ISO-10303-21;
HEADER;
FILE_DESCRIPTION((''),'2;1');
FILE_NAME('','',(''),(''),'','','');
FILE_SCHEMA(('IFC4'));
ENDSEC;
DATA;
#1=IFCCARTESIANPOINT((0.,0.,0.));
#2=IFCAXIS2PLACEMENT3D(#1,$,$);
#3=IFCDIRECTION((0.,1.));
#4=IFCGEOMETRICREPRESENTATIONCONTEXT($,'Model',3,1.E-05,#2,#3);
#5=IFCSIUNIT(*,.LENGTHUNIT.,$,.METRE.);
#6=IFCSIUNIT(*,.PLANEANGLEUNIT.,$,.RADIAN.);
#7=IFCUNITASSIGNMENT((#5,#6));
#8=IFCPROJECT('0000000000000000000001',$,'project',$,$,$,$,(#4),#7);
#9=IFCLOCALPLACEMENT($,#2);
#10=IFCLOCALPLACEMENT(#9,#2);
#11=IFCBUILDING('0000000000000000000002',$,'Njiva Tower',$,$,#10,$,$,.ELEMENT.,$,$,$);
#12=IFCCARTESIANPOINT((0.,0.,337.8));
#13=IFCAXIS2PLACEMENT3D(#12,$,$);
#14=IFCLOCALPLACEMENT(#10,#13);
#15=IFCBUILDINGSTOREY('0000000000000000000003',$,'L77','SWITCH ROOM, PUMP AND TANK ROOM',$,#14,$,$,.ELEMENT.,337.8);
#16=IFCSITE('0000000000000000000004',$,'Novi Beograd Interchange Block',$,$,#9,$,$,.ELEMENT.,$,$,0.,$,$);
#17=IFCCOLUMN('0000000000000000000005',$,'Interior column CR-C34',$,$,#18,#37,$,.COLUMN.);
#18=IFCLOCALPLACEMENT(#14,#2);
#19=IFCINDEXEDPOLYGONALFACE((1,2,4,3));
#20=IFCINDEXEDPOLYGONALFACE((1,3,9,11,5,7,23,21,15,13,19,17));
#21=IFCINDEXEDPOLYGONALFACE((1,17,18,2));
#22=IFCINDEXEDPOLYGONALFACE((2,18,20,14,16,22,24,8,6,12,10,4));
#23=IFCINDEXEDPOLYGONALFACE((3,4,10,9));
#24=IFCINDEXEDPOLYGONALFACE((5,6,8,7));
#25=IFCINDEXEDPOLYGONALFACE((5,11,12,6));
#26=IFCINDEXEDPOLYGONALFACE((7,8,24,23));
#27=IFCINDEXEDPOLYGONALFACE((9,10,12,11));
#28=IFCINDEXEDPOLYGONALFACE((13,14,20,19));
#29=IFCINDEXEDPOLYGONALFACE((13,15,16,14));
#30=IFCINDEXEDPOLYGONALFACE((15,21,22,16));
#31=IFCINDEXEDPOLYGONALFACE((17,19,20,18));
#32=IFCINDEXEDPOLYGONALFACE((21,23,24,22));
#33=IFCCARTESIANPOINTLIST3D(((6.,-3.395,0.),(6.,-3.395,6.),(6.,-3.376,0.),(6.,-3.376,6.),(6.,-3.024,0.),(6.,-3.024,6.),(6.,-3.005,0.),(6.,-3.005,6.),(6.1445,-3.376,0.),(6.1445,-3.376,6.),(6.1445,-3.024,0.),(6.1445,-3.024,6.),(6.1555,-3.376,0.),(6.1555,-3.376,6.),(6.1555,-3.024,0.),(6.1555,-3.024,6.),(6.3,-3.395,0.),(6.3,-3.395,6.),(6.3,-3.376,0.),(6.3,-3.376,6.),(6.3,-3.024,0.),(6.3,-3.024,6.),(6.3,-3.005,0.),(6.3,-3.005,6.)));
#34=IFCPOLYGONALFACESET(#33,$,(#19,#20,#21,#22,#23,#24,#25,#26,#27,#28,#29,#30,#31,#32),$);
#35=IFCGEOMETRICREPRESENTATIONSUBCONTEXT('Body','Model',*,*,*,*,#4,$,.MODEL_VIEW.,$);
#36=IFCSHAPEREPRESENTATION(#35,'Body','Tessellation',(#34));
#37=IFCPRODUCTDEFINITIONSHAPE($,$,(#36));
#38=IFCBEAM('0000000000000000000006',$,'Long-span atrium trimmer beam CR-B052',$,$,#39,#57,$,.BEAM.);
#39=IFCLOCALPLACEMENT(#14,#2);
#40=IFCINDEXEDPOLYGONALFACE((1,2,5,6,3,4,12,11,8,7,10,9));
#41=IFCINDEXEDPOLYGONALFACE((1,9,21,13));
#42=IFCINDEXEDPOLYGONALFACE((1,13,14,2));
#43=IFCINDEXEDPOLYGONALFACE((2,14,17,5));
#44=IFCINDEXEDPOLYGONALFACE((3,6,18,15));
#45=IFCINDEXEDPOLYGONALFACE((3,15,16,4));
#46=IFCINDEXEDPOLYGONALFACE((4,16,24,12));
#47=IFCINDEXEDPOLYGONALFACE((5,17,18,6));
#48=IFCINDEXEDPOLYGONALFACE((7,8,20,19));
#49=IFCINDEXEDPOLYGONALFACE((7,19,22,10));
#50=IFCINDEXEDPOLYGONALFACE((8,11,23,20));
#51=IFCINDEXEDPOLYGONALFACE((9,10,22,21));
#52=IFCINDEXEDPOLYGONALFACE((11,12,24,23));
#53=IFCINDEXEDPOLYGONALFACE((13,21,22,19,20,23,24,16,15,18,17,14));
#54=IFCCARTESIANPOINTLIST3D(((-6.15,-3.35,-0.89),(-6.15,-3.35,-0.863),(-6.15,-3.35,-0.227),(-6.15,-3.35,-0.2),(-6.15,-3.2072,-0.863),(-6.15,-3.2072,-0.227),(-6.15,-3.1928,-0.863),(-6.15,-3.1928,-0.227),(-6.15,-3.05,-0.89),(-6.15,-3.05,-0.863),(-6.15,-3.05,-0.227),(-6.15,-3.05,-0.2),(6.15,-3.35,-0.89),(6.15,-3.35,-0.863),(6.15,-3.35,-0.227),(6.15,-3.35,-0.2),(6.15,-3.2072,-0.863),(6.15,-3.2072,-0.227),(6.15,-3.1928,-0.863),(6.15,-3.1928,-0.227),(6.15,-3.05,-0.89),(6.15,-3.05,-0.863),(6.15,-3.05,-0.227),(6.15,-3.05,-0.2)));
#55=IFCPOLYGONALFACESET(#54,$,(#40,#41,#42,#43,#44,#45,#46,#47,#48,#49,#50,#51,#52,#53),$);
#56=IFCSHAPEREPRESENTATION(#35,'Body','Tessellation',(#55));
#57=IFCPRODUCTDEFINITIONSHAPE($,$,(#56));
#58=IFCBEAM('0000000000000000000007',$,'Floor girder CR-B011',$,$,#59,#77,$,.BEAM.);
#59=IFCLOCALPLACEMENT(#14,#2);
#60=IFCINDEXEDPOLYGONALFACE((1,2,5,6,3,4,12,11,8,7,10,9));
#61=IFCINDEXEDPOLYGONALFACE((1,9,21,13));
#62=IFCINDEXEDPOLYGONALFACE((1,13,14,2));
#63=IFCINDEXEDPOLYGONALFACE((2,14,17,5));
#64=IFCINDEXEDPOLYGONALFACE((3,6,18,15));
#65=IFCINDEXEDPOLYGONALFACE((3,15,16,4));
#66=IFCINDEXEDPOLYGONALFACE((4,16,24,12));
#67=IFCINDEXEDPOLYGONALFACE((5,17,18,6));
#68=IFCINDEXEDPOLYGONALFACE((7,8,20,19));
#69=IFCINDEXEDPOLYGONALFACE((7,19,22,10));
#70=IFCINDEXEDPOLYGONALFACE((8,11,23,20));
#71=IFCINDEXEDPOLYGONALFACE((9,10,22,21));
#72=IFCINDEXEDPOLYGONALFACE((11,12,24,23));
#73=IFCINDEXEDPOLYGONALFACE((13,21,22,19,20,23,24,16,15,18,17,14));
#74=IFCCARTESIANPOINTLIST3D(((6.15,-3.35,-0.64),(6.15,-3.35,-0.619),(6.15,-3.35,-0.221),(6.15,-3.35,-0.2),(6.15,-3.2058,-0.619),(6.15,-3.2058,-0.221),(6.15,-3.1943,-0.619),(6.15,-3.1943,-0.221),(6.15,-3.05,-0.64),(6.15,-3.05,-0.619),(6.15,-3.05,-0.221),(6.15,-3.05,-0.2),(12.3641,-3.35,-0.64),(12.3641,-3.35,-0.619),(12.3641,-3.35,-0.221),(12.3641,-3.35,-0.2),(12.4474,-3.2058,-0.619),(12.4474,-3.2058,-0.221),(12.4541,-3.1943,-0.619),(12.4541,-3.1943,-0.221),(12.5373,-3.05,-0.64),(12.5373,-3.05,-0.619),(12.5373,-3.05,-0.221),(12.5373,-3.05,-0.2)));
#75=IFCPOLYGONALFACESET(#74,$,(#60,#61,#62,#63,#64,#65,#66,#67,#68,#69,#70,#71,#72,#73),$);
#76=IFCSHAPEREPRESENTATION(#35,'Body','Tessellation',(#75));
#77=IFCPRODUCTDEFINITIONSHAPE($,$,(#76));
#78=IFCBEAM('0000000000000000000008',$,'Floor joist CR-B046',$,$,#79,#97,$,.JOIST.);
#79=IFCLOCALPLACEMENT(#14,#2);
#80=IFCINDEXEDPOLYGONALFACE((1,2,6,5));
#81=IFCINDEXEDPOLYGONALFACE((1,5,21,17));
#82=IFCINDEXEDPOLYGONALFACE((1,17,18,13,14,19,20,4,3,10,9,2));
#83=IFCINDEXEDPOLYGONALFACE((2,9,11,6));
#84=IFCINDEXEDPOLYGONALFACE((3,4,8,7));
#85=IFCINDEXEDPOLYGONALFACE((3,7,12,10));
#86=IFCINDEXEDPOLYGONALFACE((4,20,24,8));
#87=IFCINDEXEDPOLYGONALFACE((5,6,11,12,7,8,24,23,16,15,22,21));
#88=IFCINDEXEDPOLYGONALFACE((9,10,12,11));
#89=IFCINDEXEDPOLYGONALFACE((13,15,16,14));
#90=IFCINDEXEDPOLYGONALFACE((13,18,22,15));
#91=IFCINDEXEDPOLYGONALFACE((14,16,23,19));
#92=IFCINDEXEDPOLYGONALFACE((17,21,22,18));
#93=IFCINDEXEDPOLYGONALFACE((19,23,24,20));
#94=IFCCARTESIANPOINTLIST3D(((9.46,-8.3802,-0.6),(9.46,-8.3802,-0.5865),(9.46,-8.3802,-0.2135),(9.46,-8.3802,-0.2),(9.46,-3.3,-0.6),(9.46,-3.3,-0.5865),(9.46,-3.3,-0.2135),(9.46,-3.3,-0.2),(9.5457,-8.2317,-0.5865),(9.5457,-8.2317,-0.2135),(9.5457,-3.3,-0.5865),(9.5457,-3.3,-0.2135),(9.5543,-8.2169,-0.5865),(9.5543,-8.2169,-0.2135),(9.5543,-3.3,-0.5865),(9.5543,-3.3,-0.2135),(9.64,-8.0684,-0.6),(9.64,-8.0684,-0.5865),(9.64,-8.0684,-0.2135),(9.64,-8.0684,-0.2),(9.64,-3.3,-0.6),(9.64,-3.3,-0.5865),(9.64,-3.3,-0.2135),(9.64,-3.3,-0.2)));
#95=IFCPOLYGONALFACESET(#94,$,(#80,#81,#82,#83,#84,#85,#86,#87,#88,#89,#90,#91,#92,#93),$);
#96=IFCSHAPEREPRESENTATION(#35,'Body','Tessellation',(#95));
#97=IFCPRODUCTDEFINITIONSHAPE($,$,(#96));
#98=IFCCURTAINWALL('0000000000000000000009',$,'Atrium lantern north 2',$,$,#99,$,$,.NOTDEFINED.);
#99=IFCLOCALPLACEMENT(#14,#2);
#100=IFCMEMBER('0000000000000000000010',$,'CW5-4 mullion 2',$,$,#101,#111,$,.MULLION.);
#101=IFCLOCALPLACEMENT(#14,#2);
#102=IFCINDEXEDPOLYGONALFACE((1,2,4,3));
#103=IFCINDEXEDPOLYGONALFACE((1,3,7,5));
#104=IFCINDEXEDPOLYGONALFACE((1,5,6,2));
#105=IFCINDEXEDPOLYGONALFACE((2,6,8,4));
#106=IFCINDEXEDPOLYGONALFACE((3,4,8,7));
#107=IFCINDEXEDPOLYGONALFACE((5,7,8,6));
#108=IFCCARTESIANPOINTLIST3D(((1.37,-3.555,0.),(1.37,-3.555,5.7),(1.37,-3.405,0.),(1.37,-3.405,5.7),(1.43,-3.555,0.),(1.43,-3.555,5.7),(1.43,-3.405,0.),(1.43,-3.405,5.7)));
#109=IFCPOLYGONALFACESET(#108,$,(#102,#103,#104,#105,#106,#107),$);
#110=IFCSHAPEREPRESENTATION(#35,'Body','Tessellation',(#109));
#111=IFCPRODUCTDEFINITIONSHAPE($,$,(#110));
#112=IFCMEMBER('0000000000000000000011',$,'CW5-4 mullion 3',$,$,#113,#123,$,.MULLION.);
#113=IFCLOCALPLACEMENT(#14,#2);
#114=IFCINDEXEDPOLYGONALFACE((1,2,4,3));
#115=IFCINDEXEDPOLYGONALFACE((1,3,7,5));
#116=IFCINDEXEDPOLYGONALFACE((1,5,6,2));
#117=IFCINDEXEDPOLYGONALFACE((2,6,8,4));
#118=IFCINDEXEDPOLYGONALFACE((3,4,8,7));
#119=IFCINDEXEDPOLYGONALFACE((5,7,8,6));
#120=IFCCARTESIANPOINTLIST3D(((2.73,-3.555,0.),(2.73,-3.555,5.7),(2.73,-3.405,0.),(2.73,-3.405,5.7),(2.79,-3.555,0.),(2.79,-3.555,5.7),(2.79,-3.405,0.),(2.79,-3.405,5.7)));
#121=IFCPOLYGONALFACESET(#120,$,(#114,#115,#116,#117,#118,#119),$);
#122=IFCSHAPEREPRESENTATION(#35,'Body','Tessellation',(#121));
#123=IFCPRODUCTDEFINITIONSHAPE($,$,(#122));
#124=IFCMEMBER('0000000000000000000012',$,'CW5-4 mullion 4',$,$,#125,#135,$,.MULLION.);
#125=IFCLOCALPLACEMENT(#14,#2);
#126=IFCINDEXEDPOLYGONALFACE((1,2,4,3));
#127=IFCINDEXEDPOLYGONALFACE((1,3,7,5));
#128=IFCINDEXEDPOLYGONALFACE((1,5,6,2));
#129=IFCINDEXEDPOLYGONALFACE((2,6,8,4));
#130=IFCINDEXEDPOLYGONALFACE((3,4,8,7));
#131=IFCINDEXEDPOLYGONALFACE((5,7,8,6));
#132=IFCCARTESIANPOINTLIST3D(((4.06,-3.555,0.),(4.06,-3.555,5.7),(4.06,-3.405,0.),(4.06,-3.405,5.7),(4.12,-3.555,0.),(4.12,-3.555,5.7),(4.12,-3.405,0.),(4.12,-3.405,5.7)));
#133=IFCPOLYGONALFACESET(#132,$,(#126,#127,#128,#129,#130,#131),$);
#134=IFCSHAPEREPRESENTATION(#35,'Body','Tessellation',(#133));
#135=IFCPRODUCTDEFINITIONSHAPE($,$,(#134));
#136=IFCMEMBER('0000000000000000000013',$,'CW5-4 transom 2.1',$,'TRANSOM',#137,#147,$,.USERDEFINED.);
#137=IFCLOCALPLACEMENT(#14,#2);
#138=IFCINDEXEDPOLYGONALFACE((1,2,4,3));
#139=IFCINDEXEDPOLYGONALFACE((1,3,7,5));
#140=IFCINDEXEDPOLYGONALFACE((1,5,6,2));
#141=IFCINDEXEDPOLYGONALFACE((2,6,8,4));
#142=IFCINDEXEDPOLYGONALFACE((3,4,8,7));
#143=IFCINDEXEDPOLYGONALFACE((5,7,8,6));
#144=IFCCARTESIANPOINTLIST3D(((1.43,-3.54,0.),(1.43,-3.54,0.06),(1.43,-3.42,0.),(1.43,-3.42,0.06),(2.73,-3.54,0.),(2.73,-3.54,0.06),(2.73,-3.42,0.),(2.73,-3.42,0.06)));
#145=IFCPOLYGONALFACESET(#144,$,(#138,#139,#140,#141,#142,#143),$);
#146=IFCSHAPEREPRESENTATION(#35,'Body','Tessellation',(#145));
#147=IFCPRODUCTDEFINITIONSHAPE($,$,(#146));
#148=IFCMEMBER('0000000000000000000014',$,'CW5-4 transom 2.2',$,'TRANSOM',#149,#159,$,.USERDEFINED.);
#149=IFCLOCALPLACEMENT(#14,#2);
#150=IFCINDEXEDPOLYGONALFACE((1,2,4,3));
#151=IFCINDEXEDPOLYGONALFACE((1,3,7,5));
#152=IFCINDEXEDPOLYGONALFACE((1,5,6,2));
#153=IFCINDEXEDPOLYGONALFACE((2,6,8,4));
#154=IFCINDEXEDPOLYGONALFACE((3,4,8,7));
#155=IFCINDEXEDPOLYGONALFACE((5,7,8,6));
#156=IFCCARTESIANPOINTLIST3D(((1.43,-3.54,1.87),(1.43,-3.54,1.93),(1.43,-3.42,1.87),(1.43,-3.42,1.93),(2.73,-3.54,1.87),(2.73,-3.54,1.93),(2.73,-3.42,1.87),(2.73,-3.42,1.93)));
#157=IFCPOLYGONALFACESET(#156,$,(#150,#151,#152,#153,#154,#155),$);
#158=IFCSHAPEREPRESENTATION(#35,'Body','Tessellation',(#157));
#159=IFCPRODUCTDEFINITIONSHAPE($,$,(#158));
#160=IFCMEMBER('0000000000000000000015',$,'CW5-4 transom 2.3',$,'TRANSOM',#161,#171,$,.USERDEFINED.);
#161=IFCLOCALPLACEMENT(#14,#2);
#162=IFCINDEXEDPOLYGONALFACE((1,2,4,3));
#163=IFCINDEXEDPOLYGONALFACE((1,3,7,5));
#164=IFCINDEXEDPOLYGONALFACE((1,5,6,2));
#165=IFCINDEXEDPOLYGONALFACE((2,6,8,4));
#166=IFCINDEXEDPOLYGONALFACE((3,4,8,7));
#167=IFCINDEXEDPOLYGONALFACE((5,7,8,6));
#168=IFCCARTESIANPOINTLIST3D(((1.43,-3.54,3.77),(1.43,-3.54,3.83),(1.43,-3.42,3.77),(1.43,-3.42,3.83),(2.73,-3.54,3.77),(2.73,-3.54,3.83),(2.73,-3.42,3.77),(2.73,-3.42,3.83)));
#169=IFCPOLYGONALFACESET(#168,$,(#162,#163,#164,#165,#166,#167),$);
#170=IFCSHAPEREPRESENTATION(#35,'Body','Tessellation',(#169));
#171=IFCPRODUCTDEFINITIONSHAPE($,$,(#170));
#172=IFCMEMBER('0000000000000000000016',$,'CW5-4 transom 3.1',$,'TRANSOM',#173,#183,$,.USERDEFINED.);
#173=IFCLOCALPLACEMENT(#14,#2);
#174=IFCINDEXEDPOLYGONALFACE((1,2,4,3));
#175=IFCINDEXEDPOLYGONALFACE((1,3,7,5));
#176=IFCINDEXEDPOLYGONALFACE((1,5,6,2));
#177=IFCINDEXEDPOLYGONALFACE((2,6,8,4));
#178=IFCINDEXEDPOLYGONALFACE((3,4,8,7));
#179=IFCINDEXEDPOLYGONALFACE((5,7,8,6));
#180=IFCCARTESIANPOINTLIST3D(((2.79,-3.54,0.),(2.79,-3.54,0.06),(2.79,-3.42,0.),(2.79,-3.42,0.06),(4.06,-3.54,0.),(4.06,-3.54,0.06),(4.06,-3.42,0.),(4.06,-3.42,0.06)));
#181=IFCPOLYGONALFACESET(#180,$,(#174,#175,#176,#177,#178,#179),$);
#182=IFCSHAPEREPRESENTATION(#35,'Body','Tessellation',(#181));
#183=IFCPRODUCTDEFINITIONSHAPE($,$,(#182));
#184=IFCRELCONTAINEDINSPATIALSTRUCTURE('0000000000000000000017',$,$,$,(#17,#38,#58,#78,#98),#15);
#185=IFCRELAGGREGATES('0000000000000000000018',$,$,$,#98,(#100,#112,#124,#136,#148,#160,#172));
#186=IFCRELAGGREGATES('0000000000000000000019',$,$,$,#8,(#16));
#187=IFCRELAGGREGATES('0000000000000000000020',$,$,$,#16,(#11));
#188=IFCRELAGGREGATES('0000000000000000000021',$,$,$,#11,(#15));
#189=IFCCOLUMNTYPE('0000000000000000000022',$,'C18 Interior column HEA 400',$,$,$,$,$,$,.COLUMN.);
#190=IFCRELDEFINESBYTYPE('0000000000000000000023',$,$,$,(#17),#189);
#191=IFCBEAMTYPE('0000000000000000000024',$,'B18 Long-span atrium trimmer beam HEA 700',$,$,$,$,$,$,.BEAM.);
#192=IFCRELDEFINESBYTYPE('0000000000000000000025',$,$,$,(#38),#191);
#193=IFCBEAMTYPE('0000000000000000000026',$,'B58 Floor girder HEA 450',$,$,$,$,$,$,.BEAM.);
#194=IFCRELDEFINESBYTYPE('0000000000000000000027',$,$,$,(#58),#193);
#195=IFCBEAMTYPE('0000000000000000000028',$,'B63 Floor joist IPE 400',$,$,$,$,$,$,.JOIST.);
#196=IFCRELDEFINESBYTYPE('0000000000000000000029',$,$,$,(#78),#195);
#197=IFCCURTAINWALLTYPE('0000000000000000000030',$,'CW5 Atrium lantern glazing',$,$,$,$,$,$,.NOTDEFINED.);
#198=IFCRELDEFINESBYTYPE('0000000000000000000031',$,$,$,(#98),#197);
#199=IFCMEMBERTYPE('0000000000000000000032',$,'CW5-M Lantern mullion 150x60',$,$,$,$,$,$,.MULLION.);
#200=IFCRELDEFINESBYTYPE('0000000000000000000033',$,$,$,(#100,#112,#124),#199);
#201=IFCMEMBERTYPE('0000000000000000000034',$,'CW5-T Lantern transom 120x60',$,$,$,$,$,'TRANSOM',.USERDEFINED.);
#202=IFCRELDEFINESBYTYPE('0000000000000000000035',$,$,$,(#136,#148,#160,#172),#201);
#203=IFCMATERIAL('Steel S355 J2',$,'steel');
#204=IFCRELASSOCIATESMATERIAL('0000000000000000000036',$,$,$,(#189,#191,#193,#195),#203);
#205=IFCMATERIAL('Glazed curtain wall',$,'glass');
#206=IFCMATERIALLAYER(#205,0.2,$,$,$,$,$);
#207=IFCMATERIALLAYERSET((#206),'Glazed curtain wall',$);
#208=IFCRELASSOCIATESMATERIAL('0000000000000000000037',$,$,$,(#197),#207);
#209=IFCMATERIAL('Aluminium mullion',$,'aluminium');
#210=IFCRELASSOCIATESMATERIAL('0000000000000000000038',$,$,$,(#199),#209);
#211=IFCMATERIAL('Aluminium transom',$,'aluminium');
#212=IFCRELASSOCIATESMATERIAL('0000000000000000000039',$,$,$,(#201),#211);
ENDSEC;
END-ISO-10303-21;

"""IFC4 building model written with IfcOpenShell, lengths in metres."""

from ifc_helpers import new_model, si_unit, direction, frame, origin, origin_2d, place, context, subcontext, project, spatial, rectangle, i_section, extrude, clip, halfspace, material, layer, layer_set, material_profile, profile_set, type_object, element, aggregate, save


model = new_model("IFC4")

# Units and contexts
model_context = context("Model", 3, precision=1e-05, world=origin(), true_north=direction((0.0, 1.0)))
body_context = subcontext(model_context, "Body", "Model", "MODEL_VIEW")
ifc_project = project(units=[si_unit("LENGTHUNIT", "METRE"), si_unit("PLANEANGLEUNIT", "RADIAN")], contexts=[model_context])

# Site, building, storey
site_placement = place(None, origin())
site = spatial("IfcSite", under=ifc_project, at=site_placement, Name="Novi Beograd Interchange Block", CompositionType="ELEMENT", RefElevation=0.0)
building_placement = place(site_placement, origin())
building = spatial("IfcBuilding", under=site, at=building_placement, Name="Njiva Tower", CompositionType="ELEMENT")
storey_placement = place(building_placement, frame((0.0, 0.0, 337.8)))
storey = spatial("IfcBuildingStorey", under=building, at=storey_placement, Name="L77", Description="SWITCH ROOM, PUMP AND TANK ROOM", CompositionType="ELEMENT", Elevation=337.8)

# Column
ifc_material_1 = material(Name="Steel S355 J2", Category="steel")
ifc_material_profile_1 = material_profile(ifc_material_1, i_section(OverallWidth=0.3, OverallDepth=0.39, WebThickness=0.011, FlangeThickness=0.019, at=origin_2d()), Name="HEA 400")
ifc_profile_set_1 = profile_set([ifc_material_profile_1], Name="Steel S355 J2")
column_type = type_object("IfcColumnType", Name="C18 Interior column HEA 400", PredefinedType="COLUMN", material=ifc_profile_set_1)
column_placement = place(storey_placement, frame((6.15, -3.2, 0.0), z_axis=(0.0, 0.0, 1.0), x_axis=(1.0, 0.0, 0.0)))
element("IfcColumn", 1, at=column_placement, inside=storey, type_object=column_type, Name="Interior column CR-C34", PredefinedType="COLUMN", context=body_context, shape_type="SweptSolid", body=[
    extrude(i_section(OverallWidth=0.3, OverallDepth=0.39, WebThickness=0.011, FlangeThickness=0.019, at=origin_2d()), origin(), (0.0, 0.0, 1.0), 6.0),
])

# Beams
ifc_material_profile_2 = material_profile(ifc_material_1, i_section(OverallWidth=0.3, OverallDepth=0.69, WebThickness=0.0145, FlangeThickness=0.027, at=origin_2d()), Name="HEA 700")
ifc_profile_set_2 = profile_set([ifc_material_profile_2], Name="Steel S355 J2")
beam_type_1 = type_object("IfcBeamType", Name="B18 Long-span atrium trimmer beam HEA 700", PredefinedType="BEAM", material=ifc_profile_set_2)
beam_1_placement = place(storey_placement, frame((6.15, -3.2, -0.545), z_axis=(-1.0, 0.0, 0.0), x_axis=(0.0, -1.0, 0.0)))
element("IfcBeam", 2, at=beam_1_placement, inside=storey, type_object=beam_type_1, Name="Long-span atrium trimmer beam CR-B052", PredefinedType="BEAM", context=body_context, shape_type="SweptSolid", body=[
    extrude(i_section(OverallWidth=0.3, OverallDepth=0.69, WebThickness=0.0145, FlangeThickness=0.027, at=origin_2d()), origin(), (0.0, 0.0, 1.0), 12.3),
])
ifc_material_profile_3 = material_profile(ifc_material_1, i_section(OverallWidth=0.3, OverallDepth=0.44, WebThickness=0.0115, FlangeThickness=0.021, at=origin_2d()), Name="HEA 450")
ifc_profile_set_3 = profile_set([ifc_material_profile_3], Name="Steel S355 J2")
beam_type_2 = type_object("IfcBeamType", Name="B58 Floor girder HEA 450", PredefinedType="BEAM", material=ifc_profile_set_3)
beam_2_placement = place(storey_placement, frame((6.15, -3.2, -0.42), z_axis=(1.0, 0.0, 0.0), x_axis=(0.0, 1.0, 0.0)))
element("IfcBeam", 3, at=beam_2_placement, inside=storey, type_object=beam_type_2, Name="Floor girder CR-B011", PredefinedType="BEAM", context=body_context, shape_type="Clipping", body=[
    clip(extrude(i_section(OverallWidth=0.3, OverallDepth=0.44, WebThickness=0.0115, FlangeThickness=0.021, at=origin_2d()), origin(), (0.0, 0.0, 1.0), 6.408), halfspace(frame((-0.025, 0.0, 6.2863), z_axis=(-0.499998, 0.0, 0.866027), x_axis=(0.0, 1.0, 0.0)), False)),
])
ifc_material_profile_4 = material_profile(ifc_material_1, i_section(OverallWidth=0.18, OverallDepth=0.4, WebThickness=0.0086, FlangeThickness=0.0135, at=origin_2d()), Name="IPE 400")
ifc_profile_set_4 = profile_set([ifc_material_profile_4], Name="Steel S355 J2")
beam_type_3 = type_object("IfcBeamType", Name="B63 Floor joist IPE 400", PredefinedType="JOIST", material=ifc_profile_set_4)
beam_3_placement = place(storey_placement, frame((9.55, -3.3, -0.4), z_axis=(0.0, -1.0, 0.0), x_axis=(1.0, 0.0, 0.0)))
element("IfcBeam", 4, at=beam_3_placement, inside=storey, type_object=beam_type_3, Name="Floor joist CR-B046", PredefinedType="JOIST", context=body_context, shape_type="Clipping", body=[
    clip(extrude(i_section(OverallWidth=0.18, OverallDepth=0.4, WebThickness=0.0086, FlangeThickness=0.0135, at=origin_2d()), origin(), (0.0, 0.0, 1.0), 5.1), halfspace(frame((0.0433, 0.0, 4.8493), z_axis=(0.866027, 0.0, 0.499998), x_axis=(0.0, 1.0, 0.0)), False)),
])

# Curtain wall, members
ifc_material_2 = material(Name="Glazed curtain wall", Category="glass")
ifc_layer_1 = layer(ifc_material_2, 0.2)
ifc_layer_set_1 = layer_set([ifc_layer_1], Name="Glazed curtain wall")
curtain_wall_type = type_object("IfcCurtainWallType", Name="CW5 Atrium lantern glazing", PredefinedType="NOTDEFINED", material=ifc_layer_set_1)
curtain_wall_placement = place(storey_placement, origin())
curtain_wall = element("IfcCurtainWall", 5, at=curtain_wall_placement, inside=storey, type_object=curtain_wall_type, Name="Atrium lantern north 2", PredefinedType="NOTDEFINED")
ifc_material_3 = material(Name="Aluminium mullion", Category="aluminium")
ifc_material_profile_5 = material_profile(ifc_material_3, rectangle(XDim=0.15, YDim=0.06, at=origin_2d()), Name="RECT 150x60")
ifc_profile_set_5 = profile_set([ifc_material_profile_5], Name="Aluminium mullion")
member_type_1 = type_object("IfcMemberType", Name="CW5-M Lantern mullion 150x60", PredefinedType="MULLION", material=ifc_profile_set_5)
member_1_placement = place(storey_placement, frame((1.4, -3.48, 0.0), z_axis=(0.0, 0.0, 1.0), x_axis=(0.0, 1.0, 0.0)))
member_1 = element("IfcMember", 6, at=member_1_placement, type_object=member_type_1, Name="CW5-4 mullion 2", PredefinedType="MULLION", context=body_context, shape_type="SweptSolid", body=[
    extrude(rectangle(XDim=0.15, YDim=0.06, at=origin_2d()), origin(), (0.0, 0.0, 1.0), 5.7),
])
member_2_placement = place(storey_placement, frame((2.76, -3.48, 0.0), z_axis=(0.0, 0.0, 1.0), x_axis=(0.0, 1.0, 0.0)))
member_2 = element("IfcMember", 7, at=member_2_placement, type_object=member_type_1, Name="CW5-4 mullion 3", PredefinedType="MULLION", context=body_context, shape_type="SweptSolid", body=[
    extrude(rectangle(XDim=0.15, YDim=0.06, at=origin_2d()), origin(), (0.0, 0.0, 1.0), 5.7),
])
member_3_placement = place(storey_placement, frame((4.09, -3.48, 0.0), z_axis=(0.0, 0.0, 1.0), x_axis=(0.0, 1.0, 0.0)))
member_3 = element("IfcMember", 8, at=member_3_placement, type_object=member_type_1, Name="CW5-4 mullion 4", PredefinedType="MULLION", context=body_context, shape_type="SweptSolid", body=[
    extrude(rectangle(XDim=0.15, YDim=0.06, at=origin_2d()), origin(), (0.0, 0.0, 1.0), 5.7),
])
ifc_material_4 = material(Name="Aluminium transom", Category="aluminium")
ifc_material_profile_6 = material_profile(ifc_material_4, rectangle(XDim=0.12, YDim=0.06, at=origin_2d()), Name="RECT 120x60")
ifc_profile_set_6 = profile_set([ifc_material_profile_6], Name="Aluminium transom")
member_type_2 = type_object("IfcMemberType", Name="CW5-T Lantern transom 120x60", ElementType="TRANSOM", PredefinedType="USERDEFINED", material=ifc_profile_set_6)
member_4_placement = place(storey_placement, frame((1.43, -3.48, 0.03), z_axis=(1.0, 0.0, 0.0), x_axis=(0.0, 1.0, 0.0)))
member_4 = element("IfcMember", 9, at=member_4_placement, type_object=member_type_2, Name="CW5-4 transom 2.1", ObjectType="TRANSOM", PredefinedType="USERDEFINED", context=body_context, shape_type="SweptSolid", body=[
    extrude(rectangle(XDim=0.12, YDim=0.06, at=origin_2d()), origin(), (0.0, 0.0, 1.0), 1.3),
])
member_5_placement = place(storey_placement, frame((1.43, -3.48, 1.9), z_axis=(1.0, 0.0, 0.0), x_axis=(0.0, 1.0, 0.0)))
member_5 = element("IfcMember", 10, at=member_5_placement, type_object=member_type_2, Name="CW5-4 transom 2.2", ObjectType="TRANSOM", PredefinedType="USERDEFINED", context=body_context, shape_type="SweptSolid", body=[
    extrude(rectangle(XDim=0.12, YDim=0.06, at=origin_2d()), origin(), (0.0, 0.0, 1.0), 1.3),
])
member_6_placement = place(storey_placement, frame((1.43, -3.48, 3.8), z_axis=(1.0, 0.0, 0.0), x_axis=(0.0, 1.0, 0.0)))
member_6 = element("IfcMember", 11, at=member_6_placement, type_object=member_type_2, Name="CW5-4 transom 2.3", ObjectType="TRANSOM", PredefinedType="USERDEFINED", context=body_context, shape_type="SweptSolid", body=[
    extrude(rectangle(XDim=0.12, YDim=0.06, at=origin_2d()), origin(), (0.0, 0.0, 1.0), 1.3),
])
member_7_placement = place(storey_placement, frame((2.79, -3.48, 0.03), z_axis=(1.0, 0.0, 0.0), x_axis=(0.0, 1.0, 0.0)))
member_7 = element("IfcMember", 12, at=member_7_placement, type_object=member_type_2, Name="CW5-4 transom 3.1", ObjectType="TRANSOM", PredefinedType="USERDEFINED", context=body_context, shape_type="SweptSolid", body=[
    extrude(rectangle(XDim=0.12, YDim=0.06, at=origin_2d()), origin(), (0.0, 0.0, 1.0), 1.27),
])
aggregate(curtain_wall, [member_1, member_2, member_3, member_4, member_5, member_6, member_7])

save(model, "model.ifc")
